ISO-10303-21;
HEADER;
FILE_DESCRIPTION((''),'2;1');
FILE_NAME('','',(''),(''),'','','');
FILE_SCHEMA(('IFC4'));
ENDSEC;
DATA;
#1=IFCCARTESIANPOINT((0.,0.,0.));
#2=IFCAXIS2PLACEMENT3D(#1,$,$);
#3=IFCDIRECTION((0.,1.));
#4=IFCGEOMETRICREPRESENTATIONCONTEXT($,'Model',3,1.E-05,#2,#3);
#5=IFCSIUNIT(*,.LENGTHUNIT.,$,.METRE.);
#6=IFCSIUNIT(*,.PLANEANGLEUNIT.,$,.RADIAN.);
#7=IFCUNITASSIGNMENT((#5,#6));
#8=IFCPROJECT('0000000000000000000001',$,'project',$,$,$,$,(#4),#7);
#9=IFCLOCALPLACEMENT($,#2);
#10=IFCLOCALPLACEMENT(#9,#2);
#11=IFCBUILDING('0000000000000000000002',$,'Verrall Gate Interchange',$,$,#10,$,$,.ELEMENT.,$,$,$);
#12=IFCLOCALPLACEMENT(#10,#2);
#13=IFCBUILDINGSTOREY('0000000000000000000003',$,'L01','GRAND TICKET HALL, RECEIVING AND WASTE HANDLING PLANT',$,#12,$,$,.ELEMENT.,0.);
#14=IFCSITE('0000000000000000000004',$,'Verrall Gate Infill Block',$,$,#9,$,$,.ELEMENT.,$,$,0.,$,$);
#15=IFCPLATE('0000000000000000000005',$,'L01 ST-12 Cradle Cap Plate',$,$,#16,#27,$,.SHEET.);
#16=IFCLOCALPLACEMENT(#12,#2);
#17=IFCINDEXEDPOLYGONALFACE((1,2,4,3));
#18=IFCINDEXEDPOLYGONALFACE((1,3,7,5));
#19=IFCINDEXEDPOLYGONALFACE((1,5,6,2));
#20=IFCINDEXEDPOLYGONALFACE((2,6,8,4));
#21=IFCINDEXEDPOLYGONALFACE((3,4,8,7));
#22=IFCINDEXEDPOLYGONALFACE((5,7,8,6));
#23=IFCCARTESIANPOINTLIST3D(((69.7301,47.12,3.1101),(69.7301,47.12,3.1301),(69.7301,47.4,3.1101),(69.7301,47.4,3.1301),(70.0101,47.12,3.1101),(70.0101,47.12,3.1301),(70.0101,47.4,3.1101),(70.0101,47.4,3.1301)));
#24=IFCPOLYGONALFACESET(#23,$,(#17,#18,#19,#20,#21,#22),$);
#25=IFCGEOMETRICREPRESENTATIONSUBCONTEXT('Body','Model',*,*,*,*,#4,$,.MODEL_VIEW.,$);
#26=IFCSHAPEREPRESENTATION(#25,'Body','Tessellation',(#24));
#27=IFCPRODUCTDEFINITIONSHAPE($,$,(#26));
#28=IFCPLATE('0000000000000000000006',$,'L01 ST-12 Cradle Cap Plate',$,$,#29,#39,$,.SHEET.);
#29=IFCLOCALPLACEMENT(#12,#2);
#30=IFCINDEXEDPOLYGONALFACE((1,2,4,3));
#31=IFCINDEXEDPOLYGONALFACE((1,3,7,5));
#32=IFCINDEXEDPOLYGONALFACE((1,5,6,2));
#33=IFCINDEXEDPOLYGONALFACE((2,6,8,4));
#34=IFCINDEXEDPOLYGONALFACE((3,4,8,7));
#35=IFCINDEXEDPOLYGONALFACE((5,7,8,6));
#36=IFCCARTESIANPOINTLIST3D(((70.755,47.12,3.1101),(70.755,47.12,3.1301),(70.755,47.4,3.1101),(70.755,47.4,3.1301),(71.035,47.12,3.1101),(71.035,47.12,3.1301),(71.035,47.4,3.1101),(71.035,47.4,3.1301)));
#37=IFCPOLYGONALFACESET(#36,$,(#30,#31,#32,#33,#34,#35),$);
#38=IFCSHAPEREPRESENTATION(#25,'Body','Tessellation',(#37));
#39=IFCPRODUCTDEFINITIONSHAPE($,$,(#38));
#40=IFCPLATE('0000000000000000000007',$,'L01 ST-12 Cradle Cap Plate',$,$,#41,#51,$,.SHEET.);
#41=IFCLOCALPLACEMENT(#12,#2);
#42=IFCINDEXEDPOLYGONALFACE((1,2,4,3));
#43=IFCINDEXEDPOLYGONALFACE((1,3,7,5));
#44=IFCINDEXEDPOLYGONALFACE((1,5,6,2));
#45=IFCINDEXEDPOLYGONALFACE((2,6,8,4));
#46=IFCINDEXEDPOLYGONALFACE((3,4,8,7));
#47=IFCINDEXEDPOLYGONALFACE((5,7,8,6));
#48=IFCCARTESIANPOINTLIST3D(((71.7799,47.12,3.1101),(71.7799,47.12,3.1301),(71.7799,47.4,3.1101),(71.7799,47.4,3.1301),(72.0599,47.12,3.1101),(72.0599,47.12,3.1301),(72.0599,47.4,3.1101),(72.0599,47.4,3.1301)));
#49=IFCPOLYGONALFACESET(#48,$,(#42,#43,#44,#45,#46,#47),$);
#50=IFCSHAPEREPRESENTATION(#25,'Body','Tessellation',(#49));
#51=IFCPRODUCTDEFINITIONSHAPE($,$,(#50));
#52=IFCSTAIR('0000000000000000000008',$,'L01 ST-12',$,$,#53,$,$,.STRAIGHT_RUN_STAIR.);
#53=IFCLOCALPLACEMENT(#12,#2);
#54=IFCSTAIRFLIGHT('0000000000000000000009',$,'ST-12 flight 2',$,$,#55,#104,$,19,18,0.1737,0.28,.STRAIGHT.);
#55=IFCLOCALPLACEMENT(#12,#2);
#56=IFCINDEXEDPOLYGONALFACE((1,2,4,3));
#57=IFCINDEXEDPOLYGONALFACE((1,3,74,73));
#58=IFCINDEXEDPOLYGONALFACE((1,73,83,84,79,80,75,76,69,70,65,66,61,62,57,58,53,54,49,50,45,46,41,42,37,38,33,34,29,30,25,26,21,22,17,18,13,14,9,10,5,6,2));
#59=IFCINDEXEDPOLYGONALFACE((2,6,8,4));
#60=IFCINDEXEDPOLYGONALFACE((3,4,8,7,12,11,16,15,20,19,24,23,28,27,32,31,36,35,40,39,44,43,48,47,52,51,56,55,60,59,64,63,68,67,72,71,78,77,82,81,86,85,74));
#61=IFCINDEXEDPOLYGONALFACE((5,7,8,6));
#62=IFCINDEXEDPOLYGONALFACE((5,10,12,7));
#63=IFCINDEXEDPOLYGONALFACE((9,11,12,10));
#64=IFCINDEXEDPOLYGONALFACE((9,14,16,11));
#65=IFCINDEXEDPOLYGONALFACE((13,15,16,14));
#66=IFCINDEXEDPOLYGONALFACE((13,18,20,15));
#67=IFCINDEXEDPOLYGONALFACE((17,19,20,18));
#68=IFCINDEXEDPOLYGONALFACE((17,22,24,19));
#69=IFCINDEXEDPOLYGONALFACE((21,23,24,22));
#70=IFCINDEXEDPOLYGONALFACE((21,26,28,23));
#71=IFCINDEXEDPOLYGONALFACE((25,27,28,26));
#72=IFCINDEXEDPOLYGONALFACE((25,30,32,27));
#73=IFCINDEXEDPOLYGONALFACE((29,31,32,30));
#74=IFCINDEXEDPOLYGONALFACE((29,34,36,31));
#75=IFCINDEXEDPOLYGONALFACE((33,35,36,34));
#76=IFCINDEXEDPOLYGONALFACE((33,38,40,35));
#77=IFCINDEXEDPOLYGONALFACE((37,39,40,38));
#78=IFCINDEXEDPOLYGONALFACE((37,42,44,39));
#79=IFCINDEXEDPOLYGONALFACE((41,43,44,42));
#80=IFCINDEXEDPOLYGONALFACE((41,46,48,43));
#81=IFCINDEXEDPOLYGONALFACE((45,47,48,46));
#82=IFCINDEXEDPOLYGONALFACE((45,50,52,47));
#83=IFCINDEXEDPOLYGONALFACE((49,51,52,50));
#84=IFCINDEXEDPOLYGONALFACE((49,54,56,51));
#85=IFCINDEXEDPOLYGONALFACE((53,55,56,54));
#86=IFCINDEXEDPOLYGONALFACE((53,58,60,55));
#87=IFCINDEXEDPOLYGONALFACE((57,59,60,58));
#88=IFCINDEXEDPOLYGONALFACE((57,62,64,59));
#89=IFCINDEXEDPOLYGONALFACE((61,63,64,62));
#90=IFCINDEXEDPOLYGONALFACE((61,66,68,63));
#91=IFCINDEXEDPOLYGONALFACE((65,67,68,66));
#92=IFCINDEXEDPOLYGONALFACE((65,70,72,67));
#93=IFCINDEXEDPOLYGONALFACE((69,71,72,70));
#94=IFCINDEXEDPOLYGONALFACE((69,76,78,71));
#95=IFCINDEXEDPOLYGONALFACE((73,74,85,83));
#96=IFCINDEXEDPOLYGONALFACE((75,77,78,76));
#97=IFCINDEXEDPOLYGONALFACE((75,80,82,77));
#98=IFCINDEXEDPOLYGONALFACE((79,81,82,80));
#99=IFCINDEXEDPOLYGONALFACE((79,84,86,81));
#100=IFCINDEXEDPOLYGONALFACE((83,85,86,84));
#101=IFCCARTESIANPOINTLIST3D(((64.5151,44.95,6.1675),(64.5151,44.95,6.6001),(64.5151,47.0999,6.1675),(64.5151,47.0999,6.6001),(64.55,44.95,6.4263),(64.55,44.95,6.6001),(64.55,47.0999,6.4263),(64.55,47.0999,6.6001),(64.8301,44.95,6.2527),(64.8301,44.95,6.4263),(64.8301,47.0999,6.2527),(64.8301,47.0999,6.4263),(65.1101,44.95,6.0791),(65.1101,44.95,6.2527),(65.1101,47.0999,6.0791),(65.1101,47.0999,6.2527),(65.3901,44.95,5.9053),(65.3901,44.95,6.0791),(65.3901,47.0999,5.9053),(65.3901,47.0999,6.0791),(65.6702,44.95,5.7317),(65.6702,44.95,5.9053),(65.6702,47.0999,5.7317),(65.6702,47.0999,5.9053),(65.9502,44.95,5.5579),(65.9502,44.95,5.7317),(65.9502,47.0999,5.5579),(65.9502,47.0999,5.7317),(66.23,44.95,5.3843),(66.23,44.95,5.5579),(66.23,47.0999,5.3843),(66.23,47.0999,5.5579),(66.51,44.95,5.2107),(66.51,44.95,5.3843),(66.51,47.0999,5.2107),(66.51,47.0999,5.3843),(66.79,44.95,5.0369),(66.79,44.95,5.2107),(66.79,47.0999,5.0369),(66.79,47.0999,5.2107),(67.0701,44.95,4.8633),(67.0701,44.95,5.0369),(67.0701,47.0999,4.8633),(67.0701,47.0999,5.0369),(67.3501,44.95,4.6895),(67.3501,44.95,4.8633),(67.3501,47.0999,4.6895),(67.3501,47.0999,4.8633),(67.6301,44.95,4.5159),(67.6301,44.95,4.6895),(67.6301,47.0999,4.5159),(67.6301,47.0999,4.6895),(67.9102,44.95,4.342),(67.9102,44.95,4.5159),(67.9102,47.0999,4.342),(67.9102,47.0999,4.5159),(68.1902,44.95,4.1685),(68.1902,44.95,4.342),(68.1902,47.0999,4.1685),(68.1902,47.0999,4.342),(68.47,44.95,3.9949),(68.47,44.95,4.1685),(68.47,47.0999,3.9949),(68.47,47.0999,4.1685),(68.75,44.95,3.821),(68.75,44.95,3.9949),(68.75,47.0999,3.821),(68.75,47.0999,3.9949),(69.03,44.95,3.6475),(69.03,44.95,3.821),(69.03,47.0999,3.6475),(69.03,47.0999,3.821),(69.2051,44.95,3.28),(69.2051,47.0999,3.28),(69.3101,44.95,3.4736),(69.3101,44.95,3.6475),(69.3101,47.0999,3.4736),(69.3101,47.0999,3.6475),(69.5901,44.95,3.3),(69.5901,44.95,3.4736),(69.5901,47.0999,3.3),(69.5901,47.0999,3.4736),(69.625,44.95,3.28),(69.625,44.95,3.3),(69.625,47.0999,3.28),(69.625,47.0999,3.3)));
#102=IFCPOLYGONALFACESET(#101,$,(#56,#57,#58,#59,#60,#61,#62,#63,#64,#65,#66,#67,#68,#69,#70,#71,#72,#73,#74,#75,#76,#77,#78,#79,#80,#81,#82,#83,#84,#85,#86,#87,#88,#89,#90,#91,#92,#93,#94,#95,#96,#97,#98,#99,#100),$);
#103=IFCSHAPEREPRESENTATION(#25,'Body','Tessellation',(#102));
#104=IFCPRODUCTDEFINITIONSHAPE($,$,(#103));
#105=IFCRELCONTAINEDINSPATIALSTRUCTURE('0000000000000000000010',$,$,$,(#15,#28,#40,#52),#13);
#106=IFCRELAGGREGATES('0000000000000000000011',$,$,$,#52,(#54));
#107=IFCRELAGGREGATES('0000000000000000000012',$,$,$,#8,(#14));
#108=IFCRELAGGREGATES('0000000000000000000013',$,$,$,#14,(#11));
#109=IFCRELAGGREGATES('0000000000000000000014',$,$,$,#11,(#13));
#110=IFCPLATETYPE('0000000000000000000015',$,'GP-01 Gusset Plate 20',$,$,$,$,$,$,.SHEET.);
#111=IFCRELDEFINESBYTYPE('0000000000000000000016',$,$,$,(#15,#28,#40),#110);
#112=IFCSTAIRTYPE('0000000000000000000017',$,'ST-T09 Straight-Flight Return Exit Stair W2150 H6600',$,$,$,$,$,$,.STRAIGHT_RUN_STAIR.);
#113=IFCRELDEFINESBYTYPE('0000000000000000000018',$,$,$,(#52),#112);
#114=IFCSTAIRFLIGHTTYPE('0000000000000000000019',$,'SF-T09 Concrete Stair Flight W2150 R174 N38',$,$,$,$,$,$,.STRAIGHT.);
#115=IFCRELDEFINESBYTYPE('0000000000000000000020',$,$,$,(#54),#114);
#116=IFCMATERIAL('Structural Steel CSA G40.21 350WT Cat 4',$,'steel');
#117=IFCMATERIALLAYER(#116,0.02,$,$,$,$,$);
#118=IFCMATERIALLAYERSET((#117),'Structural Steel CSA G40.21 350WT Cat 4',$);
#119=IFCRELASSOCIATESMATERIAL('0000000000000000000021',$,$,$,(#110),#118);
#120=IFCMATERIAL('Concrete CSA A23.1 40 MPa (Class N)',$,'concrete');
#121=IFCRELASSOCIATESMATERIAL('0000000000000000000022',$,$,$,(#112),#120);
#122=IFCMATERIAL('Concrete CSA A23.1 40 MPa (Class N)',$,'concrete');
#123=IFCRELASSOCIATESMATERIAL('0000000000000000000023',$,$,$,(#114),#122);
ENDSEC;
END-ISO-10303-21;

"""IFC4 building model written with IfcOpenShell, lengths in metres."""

from ifc_helpers import new_model, si_unit, direction, frame, origin, origin_2d, place, context, subcontext, project, spatial, polyline, rectangle, outline, extrude, material, layer, layer_set, type_object, element, aggregate, save


model = new_model("IFC4")

# Units and contexts
model_context = context("Model", 3, precision=1e-05, world=origin(), true_north=direction((0.0, 1.0)))
body_context = subcontext(model_context, "Body", "Model", "MODEL_VIEW")
ifc_project = project(units=[si_unit("LENGTHUNIT", "METRE"), si_unit("PLANEANGLEUNIT", "RADIAN")], contexts=[model_context])

# Site, building, storey
site_placement = place(None, origin())
site = spatial("IfcSite", under=ifc_project, at=site_placement, Name="Verrall Gate Infill Block", CompositionType="ELEMENT", RefElevation=0.0)
building_placement = place(site_placement, origin())
building = spatial("IfcBuilding", under=site, at=building_placement, Name="Verrall Gate Interchange", CompositionType="ELEMENT")
storey_placement = place(building_placement, origin())
storey = spatial("IfcBuildingStorey", under=building, at=storey_placement, Name="L01", Description="GRAND TICKET HALL, RECEIVING AND WASTE HANDLING PLANT", CompositionType="ELEMENT", Elevation=0.0)

# Plates
ifc_material_1 = material(Name="Structural Steel CSA G40.21 350WT Cat 4", Category="steel")
ifc_layer_1 = layer(ifc_material_1, 0.02)
ifc_layer_set_1 = layer_set([ifc_layer_1], Name="Structural Steel CSA G40.21 350WT Cat 4")
plate_type_1 = type_object("IfcPlateType", Name="GP-01 Gusset Plate 20", PredefinedType="SHEET", material=ifc_layer_set_1)
for number, where, z_axis, x_axis, name in (
    (1, (69.8701, 47.26, 3.1101), (0.0, 0.0, 1.0), (1.0, 0.0, 0.0), "L01 ST-12 Cradle Cap Plate"),
    (2, (70.895, 47.26, 3.1101), (0.0, 0.0, 1.0), (1.0, 0.0, 0.0), "L01 ST-12 Cradle Cap Plate"),
    (3, (71.9199, 47.26, 3.1101), (0.0, 0.0, 1.0), (1.0, 0.0, 0.0), "L01 ST-12 Cradle Cap Plate"),
):
    element("IfcPlate", number, at=place(storey_placement, frame(where, z_axis=z_axis, x_axis=x_axis)), inside=storey, type_object=plate_type_1, Name=name, PredefinedType="SHEET", context=body_context, shape_type="SweptSolid", body=[
        extrude(rectangle(XDim=0.28, YDim=0.28, at=origin_2d()), origin(), (0.0, 0.0, 1.0), 0.02),
    ])

# Stair, stair flight
ifc_material_2 = material(Name="Concrete CSA A23.1 40 MPa (Class N)", Category="concrete")
stair_type = type_object("IfcStairType", Name="ST-T09 Straight-Flight Return Exit Stair W2150 H6600", PredefinedType="STRAIGHT_RUN_STAIR", material=ifc_material_2)
stair_placement = place(storey_placement, origin())
stair = element("IfcStair", 4, at=stair_placement, inside=storey, type_object=stair_type, Name="L01 ST-12", PredefinedType="STRAIGHT_RUN_STAIR")
ifc_material_3 = material(Name="Concrete CSA A23.1 40 MPa (Class N)", Category="concrete")
stair_flight_type = type_object("IfcStairFlightType", Name="SF-T09 Concrete Stair Flight W2150 R174 N38", PredefinedType="STRAIGHT", material=ifc_material_3)
stair_flight_placement = place(storey_placement, frame((69.5901, 46.0249, 3.3), z_axis=(0.0, 0.0, 1.0), x_axis=(-1.0, 0.0, 0.0)))
stair_flight = element("IfcStairFlight", 5, at=stair_flight_placement, type_object=stair_flight_type, Name="ST-12 flight 2", NumberOfRisers=19, NumberOfTreads=18, PredefinedType="STRAIGHT", RiserHeight=0.1737, TreadLength=0.28, context=body_context, shape_type="SweptSolid", body=[
    extrude(outline(polyline([(-0.0349, -0.02), (-0.0349, 0.0), (0.0, 0.0), (0.0, 0.1736), (0.28, 0.1736), (0.28, 0.3474), (0.5601, 0.3474), (0.5601, 0.521), (0.8401, 0.521), (0.8401, 0.6948), (1.1201, 0.6948), (1.1201, 0.8684), (1.3999, 0.8684), (1.3999, 1.042), (1.6799, 1.042), (1.6799, 1.2158), (1.96, 1.2158), (1.96, 1.3894), (2.24, 1.3894), (2.24, 1.5632), (2.52, 1.5632), (2.52, 1.7368), (2.8, 1.7368), (2.8, 1.9106), (3.0801, 1.9106), (3.0801, 2.0842), (3.3601, 2.0842), (3.3601, 2.2578), (3.6399, 2.2578), (3.6399, 2.4316), (3.9199, 2.4316), (3.9199, 2.6052), (4.2, 2.6052), (4.2, 2.7791), (4.48, 2.7791), (4.48, 2.9526), (4.76, 2.9526), (4.76, 3.1262), (5.04, 3.1262), (5.04, 3.3), (5.075, 3.3), (5.075, 2.8674), (0.385, -0.02), (-0.0349, -0.02)])), frame((0.0, 1.075, 0.0), z_axis=(0.0, -1.0, 0.0), x_axis=(1.0, 0.0, 0.0)), (0.0, 0.0, 1.0), 2.1499),
])
aggregate(stair, [stair_flight])

save(model, "model.ifc")
